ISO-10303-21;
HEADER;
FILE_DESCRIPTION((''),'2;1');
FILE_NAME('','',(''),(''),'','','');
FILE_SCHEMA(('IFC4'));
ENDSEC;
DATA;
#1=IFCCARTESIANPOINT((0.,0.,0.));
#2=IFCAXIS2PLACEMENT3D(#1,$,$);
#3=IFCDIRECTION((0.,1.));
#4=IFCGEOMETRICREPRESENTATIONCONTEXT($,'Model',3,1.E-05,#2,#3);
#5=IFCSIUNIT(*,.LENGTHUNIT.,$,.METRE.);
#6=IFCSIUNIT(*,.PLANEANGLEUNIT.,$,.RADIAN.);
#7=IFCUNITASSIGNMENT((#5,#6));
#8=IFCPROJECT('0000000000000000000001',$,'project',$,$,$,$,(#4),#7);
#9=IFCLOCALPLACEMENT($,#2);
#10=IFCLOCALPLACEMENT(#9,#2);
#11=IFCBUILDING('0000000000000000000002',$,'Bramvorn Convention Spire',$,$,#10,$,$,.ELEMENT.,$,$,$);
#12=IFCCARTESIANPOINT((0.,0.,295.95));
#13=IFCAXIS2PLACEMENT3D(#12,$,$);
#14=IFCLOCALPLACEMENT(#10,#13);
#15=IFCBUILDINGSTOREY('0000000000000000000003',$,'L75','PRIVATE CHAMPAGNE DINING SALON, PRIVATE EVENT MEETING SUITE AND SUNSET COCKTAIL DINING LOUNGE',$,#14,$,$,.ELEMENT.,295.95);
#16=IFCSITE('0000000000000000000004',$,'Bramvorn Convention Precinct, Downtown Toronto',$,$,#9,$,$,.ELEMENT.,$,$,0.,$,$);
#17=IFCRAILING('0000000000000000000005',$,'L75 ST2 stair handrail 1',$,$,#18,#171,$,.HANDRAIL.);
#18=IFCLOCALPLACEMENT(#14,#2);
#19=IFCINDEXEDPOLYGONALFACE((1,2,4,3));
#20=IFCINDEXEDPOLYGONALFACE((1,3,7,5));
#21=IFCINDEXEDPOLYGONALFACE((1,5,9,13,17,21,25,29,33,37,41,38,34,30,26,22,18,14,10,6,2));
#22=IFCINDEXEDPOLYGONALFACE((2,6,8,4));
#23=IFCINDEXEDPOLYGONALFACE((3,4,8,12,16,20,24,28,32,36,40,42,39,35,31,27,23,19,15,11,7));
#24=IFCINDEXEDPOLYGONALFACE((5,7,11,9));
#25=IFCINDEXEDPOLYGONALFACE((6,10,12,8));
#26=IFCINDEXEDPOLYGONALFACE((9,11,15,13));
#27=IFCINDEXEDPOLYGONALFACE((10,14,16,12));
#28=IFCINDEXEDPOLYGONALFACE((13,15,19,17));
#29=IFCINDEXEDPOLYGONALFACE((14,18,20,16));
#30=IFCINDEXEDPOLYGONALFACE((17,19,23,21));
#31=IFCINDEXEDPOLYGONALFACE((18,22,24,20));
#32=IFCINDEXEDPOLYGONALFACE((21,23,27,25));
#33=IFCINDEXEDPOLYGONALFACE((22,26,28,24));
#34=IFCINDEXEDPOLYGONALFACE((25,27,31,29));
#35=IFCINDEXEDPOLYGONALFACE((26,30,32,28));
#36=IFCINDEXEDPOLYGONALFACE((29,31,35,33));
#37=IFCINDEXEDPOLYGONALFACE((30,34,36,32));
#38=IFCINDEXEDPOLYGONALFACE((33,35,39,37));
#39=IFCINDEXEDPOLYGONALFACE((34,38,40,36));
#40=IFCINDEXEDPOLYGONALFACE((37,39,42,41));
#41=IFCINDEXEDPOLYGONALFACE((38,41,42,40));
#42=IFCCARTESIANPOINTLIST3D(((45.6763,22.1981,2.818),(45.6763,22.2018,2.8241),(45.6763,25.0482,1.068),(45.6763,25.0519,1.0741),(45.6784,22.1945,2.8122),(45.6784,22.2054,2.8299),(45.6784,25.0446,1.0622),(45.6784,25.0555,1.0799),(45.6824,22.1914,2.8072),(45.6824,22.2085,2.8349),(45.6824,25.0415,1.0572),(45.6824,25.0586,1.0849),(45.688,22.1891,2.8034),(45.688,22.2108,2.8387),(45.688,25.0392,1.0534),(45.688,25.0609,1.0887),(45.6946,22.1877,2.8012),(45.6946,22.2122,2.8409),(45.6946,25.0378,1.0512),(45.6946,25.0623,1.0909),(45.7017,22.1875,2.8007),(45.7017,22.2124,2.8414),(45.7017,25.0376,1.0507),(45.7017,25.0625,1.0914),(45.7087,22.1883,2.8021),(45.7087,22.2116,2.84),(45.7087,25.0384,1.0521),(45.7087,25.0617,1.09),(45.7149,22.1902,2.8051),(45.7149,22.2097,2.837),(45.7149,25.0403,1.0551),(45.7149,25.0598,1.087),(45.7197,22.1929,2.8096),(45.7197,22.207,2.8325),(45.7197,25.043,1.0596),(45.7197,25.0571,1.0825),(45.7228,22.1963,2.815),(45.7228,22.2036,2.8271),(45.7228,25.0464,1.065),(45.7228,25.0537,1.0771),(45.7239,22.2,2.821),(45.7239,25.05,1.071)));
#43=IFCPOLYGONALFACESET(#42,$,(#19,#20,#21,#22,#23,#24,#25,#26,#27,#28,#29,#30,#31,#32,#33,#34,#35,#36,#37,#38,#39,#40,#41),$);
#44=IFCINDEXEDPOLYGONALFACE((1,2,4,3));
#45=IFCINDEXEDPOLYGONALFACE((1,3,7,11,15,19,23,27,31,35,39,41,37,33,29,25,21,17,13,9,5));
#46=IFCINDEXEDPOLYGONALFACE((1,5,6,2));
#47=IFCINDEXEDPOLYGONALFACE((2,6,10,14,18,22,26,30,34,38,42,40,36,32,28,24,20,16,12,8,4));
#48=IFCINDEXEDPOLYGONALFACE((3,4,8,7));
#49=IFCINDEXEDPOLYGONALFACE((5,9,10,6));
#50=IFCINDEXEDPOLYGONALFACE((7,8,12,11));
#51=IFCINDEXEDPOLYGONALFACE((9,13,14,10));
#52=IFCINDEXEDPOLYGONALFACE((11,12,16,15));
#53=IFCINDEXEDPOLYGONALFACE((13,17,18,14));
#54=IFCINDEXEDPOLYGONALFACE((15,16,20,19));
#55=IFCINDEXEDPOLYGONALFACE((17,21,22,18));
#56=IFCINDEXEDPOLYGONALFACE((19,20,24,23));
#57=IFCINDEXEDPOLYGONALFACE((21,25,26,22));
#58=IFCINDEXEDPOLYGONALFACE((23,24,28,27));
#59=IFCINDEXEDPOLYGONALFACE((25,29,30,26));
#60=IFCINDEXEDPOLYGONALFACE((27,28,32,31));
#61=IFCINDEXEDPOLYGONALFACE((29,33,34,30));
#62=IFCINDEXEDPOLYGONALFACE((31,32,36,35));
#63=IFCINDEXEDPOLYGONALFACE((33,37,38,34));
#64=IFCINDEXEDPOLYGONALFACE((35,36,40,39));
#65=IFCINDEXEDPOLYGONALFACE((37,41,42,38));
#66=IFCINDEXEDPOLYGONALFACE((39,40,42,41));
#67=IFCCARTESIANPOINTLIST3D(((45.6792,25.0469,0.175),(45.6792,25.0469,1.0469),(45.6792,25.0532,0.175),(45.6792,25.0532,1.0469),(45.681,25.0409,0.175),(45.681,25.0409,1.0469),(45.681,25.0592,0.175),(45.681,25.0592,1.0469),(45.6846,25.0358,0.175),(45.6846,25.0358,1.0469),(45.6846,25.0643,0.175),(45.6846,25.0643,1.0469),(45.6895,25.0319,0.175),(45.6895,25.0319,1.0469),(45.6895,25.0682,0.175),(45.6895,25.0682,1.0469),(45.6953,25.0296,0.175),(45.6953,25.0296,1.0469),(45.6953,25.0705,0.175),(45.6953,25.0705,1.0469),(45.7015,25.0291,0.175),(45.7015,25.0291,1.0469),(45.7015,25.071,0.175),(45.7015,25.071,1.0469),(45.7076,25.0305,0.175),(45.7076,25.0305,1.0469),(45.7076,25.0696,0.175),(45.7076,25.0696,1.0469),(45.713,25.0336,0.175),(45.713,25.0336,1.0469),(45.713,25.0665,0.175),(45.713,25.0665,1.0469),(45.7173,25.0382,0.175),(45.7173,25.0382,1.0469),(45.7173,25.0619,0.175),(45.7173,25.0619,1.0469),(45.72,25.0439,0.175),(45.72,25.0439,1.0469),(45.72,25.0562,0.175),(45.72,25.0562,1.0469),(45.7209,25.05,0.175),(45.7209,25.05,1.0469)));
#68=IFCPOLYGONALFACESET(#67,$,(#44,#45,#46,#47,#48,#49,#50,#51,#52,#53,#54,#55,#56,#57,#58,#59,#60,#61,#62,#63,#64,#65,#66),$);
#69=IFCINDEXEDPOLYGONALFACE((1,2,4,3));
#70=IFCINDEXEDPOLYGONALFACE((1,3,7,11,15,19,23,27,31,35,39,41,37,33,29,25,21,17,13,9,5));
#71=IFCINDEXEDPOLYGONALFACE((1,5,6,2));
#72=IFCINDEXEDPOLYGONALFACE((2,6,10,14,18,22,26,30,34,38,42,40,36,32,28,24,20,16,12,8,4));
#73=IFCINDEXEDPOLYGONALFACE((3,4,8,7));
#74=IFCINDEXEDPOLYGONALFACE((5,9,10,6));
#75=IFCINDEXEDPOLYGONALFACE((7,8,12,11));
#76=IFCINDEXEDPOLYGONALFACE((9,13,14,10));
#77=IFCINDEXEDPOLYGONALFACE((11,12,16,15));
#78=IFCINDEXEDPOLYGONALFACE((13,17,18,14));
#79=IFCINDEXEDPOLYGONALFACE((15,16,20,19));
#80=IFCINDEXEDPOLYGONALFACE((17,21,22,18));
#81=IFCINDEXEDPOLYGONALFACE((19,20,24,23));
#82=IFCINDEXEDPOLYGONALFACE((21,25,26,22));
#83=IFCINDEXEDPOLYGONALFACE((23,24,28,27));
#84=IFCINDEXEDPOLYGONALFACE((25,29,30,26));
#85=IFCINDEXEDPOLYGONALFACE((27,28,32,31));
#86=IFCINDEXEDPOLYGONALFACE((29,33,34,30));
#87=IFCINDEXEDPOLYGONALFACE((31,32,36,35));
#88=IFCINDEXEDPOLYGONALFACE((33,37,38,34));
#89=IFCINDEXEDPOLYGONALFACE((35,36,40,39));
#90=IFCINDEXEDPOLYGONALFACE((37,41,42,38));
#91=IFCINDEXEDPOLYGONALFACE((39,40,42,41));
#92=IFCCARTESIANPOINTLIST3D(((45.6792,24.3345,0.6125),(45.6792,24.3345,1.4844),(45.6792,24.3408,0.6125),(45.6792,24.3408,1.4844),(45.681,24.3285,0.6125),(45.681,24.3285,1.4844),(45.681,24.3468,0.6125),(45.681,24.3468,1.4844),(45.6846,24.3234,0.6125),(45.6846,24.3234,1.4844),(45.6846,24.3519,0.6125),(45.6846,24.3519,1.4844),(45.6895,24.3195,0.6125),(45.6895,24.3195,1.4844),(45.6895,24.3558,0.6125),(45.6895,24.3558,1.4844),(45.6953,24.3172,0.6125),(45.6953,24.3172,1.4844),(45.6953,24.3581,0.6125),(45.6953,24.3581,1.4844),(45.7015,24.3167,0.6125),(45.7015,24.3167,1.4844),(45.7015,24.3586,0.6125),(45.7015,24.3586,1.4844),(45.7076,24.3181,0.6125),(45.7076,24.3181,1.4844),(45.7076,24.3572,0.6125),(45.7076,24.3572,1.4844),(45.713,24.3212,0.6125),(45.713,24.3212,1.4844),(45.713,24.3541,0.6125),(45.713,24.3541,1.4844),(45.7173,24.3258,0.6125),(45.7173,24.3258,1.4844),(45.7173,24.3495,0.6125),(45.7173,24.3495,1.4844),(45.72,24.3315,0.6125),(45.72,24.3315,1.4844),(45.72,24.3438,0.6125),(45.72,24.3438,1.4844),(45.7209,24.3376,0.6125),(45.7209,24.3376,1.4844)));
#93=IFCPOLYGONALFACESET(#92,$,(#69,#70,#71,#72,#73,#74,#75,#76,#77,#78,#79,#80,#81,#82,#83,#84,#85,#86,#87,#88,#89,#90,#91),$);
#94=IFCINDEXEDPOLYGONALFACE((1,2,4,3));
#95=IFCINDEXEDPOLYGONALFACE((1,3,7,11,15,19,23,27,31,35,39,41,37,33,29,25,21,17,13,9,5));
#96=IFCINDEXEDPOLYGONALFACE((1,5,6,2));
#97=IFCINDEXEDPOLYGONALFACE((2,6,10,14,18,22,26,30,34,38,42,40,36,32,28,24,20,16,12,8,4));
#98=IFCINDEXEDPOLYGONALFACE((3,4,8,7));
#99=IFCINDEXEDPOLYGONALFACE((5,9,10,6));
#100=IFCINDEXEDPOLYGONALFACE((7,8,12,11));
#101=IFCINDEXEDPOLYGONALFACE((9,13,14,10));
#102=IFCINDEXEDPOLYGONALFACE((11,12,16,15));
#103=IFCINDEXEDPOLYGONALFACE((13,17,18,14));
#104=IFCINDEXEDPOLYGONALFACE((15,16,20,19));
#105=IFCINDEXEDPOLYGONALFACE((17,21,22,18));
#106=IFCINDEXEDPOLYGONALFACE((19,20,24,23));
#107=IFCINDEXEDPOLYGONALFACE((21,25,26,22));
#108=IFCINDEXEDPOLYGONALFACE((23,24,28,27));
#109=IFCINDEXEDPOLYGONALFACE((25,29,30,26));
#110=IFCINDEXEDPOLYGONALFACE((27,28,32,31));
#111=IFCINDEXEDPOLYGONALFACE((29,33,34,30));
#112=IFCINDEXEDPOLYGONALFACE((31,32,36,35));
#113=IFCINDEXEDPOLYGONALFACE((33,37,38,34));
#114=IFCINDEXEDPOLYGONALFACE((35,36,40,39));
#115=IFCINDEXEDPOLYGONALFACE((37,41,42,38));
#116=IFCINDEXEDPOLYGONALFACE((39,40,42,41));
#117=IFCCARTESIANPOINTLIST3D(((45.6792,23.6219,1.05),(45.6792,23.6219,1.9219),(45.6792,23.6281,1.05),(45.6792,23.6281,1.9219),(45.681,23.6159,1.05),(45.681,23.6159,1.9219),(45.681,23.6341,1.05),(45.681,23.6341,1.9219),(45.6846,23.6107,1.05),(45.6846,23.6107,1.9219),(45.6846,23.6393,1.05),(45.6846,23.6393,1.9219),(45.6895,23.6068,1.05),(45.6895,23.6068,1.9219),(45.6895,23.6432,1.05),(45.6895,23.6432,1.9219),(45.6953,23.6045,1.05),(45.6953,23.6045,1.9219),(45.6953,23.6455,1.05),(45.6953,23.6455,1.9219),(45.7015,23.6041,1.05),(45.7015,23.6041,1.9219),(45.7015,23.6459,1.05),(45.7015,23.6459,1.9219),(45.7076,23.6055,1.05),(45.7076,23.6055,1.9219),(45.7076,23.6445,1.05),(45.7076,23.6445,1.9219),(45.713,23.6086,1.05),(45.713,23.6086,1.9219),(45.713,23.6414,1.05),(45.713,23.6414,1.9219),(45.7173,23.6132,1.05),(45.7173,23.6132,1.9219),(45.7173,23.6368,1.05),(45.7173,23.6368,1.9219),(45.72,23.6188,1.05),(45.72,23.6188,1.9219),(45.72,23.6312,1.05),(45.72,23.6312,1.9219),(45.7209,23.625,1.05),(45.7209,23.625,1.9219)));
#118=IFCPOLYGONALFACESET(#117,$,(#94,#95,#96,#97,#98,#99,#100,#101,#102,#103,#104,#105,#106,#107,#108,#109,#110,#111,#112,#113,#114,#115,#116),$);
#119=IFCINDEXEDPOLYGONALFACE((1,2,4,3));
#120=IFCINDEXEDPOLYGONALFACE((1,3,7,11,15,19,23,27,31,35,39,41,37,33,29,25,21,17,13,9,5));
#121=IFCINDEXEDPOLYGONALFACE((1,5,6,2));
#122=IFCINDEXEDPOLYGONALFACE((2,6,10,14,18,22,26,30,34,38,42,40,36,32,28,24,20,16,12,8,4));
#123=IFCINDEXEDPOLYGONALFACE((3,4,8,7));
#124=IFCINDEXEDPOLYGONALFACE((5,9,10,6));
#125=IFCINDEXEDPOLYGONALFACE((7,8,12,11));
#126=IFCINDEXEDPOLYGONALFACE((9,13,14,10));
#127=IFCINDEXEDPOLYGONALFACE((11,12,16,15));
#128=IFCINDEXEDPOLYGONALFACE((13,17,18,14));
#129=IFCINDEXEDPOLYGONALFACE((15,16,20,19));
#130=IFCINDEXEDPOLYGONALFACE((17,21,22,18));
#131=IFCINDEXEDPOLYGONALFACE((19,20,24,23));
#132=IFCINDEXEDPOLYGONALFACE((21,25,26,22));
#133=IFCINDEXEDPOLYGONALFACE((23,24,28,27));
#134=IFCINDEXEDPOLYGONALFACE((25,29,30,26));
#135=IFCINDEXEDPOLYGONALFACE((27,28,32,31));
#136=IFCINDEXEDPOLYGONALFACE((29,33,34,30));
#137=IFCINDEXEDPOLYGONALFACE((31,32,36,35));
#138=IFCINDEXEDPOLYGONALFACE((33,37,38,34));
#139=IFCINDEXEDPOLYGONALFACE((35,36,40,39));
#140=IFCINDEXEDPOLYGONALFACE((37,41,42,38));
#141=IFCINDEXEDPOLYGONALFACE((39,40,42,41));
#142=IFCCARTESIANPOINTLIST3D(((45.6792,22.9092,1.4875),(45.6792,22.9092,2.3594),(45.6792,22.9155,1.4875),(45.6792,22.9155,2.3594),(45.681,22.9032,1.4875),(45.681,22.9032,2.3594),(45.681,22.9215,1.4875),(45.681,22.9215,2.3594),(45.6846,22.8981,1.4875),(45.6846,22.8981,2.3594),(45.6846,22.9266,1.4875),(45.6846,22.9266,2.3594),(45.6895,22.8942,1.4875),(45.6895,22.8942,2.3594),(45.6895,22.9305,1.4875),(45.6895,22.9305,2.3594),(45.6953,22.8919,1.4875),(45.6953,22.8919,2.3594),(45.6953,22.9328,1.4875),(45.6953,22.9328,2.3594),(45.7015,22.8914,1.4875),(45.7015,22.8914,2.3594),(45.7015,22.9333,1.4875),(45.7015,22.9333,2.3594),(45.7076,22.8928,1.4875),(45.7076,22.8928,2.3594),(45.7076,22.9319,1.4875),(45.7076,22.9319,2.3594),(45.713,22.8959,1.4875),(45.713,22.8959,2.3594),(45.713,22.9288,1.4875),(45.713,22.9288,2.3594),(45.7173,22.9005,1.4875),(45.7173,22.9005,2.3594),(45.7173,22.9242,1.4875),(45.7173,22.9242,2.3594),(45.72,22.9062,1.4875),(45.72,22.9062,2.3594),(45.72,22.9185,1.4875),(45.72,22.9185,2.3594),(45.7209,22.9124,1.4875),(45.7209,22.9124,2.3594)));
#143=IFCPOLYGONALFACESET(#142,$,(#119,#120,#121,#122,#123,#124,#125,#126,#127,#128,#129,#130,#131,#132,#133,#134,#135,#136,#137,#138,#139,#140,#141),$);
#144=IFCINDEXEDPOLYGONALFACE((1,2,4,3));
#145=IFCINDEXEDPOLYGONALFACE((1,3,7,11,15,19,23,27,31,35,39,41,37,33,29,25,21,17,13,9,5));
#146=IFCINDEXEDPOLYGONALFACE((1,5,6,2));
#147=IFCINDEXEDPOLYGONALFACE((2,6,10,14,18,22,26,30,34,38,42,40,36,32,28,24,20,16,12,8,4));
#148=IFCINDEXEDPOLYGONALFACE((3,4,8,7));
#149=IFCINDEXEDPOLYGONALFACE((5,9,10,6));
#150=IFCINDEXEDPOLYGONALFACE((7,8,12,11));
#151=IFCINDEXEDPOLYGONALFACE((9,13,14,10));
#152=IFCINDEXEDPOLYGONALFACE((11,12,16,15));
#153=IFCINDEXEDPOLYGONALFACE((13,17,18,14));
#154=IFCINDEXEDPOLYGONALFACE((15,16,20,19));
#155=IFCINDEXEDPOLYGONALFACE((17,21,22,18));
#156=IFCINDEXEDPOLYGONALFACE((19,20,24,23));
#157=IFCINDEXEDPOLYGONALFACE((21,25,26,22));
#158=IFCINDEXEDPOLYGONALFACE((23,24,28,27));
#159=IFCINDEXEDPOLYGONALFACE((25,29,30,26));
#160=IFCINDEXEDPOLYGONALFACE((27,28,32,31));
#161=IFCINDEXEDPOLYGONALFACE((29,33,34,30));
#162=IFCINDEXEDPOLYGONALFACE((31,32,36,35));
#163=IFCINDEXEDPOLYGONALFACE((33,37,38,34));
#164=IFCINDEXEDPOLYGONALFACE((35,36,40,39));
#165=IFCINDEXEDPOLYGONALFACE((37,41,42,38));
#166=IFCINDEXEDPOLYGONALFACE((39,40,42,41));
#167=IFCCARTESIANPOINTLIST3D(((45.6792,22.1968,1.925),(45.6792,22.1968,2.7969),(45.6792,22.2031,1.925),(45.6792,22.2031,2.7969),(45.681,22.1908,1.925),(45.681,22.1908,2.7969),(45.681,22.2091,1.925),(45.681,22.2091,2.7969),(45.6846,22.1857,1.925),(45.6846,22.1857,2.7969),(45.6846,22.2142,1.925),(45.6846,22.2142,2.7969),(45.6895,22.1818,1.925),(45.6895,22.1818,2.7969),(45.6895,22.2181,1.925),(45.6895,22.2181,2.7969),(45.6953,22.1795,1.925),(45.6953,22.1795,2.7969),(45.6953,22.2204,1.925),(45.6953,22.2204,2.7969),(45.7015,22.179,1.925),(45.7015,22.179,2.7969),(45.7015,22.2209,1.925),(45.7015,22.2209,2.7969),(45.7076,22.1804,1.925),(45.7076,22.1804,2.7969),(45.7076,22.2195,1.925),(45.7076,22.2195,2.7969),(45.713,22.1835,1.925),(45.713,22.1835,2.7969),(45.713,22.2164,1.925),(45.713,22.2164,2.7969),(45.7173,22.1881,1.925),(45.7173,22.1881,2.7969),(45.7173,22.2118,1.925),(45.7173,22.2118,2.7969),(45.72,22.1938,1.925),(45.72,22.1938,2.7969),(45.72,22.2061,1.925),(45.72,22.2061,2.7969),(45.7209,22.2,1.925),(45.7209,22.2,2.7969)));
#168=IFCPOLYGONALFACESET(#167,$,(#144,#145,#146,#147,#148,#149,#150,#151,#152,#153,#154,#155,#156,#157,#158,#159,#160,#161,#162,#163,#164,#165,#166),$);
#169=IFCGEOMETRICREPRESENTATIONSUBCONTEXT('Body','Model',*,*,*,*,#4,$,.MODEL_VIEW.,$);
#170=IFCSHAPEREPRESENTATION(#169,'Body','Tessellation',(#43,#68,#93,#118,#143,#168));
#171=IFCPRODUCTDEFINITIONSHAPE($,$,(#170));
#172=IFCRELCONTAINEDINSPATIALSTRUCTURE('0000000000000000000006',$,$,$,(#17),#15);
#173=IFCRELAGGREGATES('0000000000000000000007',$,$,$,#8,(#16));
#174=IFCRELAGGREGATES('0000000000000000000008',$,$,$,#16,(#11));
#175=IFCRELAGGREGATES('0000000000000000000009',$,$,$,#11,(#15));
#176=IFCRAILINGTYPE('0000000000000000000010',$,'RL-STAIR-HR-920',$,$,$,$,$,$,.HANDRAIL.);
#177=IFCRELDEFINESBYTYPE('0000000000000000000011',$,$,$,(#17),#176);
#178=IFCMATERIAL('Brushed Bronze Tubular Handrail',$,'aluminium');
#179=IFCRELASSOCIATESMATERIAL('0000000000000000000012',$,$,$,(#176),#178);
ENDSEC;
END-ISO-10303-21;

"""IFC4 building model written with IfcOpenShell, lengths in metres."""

from ifc_helpers import new_model, si_unit, direction, frame, origin, origin_2d, place, context, subcontext, project, spatial, circle, extrude, material, type_object, element, save


model = new_model("IFC4")

# Units and contexts
model_context = context("Model", 3, precision=1e-05, world=origin(), true_north=direction((0.0, 1.0)))
body_context = subcontext(model_context, "Body", "Model", "MODEL_VIEW")
ifc_project = project(units=[si_unit("LENGTHUNIT", "METRE"), si_unit("PLANEANGLEUNIT", "RADIAN")], contexts=[model_context])

# Site, building, storey
site_placement = place(None, origin())
site = spatial("IfcSite", under=ifc_project, at=site_placement, Name="Bramvorn Convention Precinct, Downtown Toronto", CompositionType="ELEMENT", RefElevation=0.0)
building_placement = place(site_placement, origin())
building = spatial("IfcBuilding", under=site, at=building_placement, Name="Bramvorn Convention Spire", CompositionType="ELEMENT")
storey_placement = place(building_placement, frame((0.0, 0.0, 295.95)))
storey = spatial("IfcBuildingStorey", under=building, at=storey_placement, Name="L75", Description="PRIVATE CHAMPAGNE DINING SALON, PRIVATE EVENT MEETING SUITE AND SUNSET COCKTAIL DINING LOUNGE", CompositionType="ELEMENT", Elevation=295.95)

# Railing
ifc_material_1 = material(Name="Brushed Bronze Tubular Handrail", Category="aluminium")
railing_type_1 = type_object("IfcRailingType", Name="RL-STAIR-HR-920", PredefinedType="HANDRAIL", material=ifc_material_1)
railing_1_placement = place(storey_placement, frame((45.7, 25.05, 0.175)))
element("IfcRailing", 1, at=railing_1_placement, inside=storey, type_object=railing_type_1, Name="L75 ST2 stair handrail 1", PredefinedType="HANDRAIL", context=body_context, shape_type="SweptSolid", body=[
    extrude(circle(Radius=0.0239, at=origin_2d()), frame((0.0, 0.0, 0.896), z_axis=(0.0, -0.852179, 0.52325), x_axis=(1.0, 0.0, 0.0)), (0.0, 0.0, 1.0), 3.3445),
    extrude(circle(Radius=0.021, at=origin_2d()), origin(), (0.0, 0.0, 1.0), 0.8718),
    extrude(circle(Radius=0.021, at=origin_2d()), frame((0.0, -0.7124, 0.4375)), (0.0, 0.0, 1.0), 0.8718),
    extrude(circle(Radius=0.021, at=origin_2d()), frame((0.0, -1.425, 0.875)), (0.0, 0.0, 1.0), 0.8718),
    extrude(circle(Radius=0.021, at=origin_2d()), frame((0.0, -2.1377, 1.3125)), (0.0, 0.0, 1.0), 0.8718),
    extrude(circle(Radius=0.021, at=origin_2d()), frame((0.0, -2.8501, 1.75)), (0.0, 0.0, 1.0), 0.8718),
])

save(model, "model.ifc")
